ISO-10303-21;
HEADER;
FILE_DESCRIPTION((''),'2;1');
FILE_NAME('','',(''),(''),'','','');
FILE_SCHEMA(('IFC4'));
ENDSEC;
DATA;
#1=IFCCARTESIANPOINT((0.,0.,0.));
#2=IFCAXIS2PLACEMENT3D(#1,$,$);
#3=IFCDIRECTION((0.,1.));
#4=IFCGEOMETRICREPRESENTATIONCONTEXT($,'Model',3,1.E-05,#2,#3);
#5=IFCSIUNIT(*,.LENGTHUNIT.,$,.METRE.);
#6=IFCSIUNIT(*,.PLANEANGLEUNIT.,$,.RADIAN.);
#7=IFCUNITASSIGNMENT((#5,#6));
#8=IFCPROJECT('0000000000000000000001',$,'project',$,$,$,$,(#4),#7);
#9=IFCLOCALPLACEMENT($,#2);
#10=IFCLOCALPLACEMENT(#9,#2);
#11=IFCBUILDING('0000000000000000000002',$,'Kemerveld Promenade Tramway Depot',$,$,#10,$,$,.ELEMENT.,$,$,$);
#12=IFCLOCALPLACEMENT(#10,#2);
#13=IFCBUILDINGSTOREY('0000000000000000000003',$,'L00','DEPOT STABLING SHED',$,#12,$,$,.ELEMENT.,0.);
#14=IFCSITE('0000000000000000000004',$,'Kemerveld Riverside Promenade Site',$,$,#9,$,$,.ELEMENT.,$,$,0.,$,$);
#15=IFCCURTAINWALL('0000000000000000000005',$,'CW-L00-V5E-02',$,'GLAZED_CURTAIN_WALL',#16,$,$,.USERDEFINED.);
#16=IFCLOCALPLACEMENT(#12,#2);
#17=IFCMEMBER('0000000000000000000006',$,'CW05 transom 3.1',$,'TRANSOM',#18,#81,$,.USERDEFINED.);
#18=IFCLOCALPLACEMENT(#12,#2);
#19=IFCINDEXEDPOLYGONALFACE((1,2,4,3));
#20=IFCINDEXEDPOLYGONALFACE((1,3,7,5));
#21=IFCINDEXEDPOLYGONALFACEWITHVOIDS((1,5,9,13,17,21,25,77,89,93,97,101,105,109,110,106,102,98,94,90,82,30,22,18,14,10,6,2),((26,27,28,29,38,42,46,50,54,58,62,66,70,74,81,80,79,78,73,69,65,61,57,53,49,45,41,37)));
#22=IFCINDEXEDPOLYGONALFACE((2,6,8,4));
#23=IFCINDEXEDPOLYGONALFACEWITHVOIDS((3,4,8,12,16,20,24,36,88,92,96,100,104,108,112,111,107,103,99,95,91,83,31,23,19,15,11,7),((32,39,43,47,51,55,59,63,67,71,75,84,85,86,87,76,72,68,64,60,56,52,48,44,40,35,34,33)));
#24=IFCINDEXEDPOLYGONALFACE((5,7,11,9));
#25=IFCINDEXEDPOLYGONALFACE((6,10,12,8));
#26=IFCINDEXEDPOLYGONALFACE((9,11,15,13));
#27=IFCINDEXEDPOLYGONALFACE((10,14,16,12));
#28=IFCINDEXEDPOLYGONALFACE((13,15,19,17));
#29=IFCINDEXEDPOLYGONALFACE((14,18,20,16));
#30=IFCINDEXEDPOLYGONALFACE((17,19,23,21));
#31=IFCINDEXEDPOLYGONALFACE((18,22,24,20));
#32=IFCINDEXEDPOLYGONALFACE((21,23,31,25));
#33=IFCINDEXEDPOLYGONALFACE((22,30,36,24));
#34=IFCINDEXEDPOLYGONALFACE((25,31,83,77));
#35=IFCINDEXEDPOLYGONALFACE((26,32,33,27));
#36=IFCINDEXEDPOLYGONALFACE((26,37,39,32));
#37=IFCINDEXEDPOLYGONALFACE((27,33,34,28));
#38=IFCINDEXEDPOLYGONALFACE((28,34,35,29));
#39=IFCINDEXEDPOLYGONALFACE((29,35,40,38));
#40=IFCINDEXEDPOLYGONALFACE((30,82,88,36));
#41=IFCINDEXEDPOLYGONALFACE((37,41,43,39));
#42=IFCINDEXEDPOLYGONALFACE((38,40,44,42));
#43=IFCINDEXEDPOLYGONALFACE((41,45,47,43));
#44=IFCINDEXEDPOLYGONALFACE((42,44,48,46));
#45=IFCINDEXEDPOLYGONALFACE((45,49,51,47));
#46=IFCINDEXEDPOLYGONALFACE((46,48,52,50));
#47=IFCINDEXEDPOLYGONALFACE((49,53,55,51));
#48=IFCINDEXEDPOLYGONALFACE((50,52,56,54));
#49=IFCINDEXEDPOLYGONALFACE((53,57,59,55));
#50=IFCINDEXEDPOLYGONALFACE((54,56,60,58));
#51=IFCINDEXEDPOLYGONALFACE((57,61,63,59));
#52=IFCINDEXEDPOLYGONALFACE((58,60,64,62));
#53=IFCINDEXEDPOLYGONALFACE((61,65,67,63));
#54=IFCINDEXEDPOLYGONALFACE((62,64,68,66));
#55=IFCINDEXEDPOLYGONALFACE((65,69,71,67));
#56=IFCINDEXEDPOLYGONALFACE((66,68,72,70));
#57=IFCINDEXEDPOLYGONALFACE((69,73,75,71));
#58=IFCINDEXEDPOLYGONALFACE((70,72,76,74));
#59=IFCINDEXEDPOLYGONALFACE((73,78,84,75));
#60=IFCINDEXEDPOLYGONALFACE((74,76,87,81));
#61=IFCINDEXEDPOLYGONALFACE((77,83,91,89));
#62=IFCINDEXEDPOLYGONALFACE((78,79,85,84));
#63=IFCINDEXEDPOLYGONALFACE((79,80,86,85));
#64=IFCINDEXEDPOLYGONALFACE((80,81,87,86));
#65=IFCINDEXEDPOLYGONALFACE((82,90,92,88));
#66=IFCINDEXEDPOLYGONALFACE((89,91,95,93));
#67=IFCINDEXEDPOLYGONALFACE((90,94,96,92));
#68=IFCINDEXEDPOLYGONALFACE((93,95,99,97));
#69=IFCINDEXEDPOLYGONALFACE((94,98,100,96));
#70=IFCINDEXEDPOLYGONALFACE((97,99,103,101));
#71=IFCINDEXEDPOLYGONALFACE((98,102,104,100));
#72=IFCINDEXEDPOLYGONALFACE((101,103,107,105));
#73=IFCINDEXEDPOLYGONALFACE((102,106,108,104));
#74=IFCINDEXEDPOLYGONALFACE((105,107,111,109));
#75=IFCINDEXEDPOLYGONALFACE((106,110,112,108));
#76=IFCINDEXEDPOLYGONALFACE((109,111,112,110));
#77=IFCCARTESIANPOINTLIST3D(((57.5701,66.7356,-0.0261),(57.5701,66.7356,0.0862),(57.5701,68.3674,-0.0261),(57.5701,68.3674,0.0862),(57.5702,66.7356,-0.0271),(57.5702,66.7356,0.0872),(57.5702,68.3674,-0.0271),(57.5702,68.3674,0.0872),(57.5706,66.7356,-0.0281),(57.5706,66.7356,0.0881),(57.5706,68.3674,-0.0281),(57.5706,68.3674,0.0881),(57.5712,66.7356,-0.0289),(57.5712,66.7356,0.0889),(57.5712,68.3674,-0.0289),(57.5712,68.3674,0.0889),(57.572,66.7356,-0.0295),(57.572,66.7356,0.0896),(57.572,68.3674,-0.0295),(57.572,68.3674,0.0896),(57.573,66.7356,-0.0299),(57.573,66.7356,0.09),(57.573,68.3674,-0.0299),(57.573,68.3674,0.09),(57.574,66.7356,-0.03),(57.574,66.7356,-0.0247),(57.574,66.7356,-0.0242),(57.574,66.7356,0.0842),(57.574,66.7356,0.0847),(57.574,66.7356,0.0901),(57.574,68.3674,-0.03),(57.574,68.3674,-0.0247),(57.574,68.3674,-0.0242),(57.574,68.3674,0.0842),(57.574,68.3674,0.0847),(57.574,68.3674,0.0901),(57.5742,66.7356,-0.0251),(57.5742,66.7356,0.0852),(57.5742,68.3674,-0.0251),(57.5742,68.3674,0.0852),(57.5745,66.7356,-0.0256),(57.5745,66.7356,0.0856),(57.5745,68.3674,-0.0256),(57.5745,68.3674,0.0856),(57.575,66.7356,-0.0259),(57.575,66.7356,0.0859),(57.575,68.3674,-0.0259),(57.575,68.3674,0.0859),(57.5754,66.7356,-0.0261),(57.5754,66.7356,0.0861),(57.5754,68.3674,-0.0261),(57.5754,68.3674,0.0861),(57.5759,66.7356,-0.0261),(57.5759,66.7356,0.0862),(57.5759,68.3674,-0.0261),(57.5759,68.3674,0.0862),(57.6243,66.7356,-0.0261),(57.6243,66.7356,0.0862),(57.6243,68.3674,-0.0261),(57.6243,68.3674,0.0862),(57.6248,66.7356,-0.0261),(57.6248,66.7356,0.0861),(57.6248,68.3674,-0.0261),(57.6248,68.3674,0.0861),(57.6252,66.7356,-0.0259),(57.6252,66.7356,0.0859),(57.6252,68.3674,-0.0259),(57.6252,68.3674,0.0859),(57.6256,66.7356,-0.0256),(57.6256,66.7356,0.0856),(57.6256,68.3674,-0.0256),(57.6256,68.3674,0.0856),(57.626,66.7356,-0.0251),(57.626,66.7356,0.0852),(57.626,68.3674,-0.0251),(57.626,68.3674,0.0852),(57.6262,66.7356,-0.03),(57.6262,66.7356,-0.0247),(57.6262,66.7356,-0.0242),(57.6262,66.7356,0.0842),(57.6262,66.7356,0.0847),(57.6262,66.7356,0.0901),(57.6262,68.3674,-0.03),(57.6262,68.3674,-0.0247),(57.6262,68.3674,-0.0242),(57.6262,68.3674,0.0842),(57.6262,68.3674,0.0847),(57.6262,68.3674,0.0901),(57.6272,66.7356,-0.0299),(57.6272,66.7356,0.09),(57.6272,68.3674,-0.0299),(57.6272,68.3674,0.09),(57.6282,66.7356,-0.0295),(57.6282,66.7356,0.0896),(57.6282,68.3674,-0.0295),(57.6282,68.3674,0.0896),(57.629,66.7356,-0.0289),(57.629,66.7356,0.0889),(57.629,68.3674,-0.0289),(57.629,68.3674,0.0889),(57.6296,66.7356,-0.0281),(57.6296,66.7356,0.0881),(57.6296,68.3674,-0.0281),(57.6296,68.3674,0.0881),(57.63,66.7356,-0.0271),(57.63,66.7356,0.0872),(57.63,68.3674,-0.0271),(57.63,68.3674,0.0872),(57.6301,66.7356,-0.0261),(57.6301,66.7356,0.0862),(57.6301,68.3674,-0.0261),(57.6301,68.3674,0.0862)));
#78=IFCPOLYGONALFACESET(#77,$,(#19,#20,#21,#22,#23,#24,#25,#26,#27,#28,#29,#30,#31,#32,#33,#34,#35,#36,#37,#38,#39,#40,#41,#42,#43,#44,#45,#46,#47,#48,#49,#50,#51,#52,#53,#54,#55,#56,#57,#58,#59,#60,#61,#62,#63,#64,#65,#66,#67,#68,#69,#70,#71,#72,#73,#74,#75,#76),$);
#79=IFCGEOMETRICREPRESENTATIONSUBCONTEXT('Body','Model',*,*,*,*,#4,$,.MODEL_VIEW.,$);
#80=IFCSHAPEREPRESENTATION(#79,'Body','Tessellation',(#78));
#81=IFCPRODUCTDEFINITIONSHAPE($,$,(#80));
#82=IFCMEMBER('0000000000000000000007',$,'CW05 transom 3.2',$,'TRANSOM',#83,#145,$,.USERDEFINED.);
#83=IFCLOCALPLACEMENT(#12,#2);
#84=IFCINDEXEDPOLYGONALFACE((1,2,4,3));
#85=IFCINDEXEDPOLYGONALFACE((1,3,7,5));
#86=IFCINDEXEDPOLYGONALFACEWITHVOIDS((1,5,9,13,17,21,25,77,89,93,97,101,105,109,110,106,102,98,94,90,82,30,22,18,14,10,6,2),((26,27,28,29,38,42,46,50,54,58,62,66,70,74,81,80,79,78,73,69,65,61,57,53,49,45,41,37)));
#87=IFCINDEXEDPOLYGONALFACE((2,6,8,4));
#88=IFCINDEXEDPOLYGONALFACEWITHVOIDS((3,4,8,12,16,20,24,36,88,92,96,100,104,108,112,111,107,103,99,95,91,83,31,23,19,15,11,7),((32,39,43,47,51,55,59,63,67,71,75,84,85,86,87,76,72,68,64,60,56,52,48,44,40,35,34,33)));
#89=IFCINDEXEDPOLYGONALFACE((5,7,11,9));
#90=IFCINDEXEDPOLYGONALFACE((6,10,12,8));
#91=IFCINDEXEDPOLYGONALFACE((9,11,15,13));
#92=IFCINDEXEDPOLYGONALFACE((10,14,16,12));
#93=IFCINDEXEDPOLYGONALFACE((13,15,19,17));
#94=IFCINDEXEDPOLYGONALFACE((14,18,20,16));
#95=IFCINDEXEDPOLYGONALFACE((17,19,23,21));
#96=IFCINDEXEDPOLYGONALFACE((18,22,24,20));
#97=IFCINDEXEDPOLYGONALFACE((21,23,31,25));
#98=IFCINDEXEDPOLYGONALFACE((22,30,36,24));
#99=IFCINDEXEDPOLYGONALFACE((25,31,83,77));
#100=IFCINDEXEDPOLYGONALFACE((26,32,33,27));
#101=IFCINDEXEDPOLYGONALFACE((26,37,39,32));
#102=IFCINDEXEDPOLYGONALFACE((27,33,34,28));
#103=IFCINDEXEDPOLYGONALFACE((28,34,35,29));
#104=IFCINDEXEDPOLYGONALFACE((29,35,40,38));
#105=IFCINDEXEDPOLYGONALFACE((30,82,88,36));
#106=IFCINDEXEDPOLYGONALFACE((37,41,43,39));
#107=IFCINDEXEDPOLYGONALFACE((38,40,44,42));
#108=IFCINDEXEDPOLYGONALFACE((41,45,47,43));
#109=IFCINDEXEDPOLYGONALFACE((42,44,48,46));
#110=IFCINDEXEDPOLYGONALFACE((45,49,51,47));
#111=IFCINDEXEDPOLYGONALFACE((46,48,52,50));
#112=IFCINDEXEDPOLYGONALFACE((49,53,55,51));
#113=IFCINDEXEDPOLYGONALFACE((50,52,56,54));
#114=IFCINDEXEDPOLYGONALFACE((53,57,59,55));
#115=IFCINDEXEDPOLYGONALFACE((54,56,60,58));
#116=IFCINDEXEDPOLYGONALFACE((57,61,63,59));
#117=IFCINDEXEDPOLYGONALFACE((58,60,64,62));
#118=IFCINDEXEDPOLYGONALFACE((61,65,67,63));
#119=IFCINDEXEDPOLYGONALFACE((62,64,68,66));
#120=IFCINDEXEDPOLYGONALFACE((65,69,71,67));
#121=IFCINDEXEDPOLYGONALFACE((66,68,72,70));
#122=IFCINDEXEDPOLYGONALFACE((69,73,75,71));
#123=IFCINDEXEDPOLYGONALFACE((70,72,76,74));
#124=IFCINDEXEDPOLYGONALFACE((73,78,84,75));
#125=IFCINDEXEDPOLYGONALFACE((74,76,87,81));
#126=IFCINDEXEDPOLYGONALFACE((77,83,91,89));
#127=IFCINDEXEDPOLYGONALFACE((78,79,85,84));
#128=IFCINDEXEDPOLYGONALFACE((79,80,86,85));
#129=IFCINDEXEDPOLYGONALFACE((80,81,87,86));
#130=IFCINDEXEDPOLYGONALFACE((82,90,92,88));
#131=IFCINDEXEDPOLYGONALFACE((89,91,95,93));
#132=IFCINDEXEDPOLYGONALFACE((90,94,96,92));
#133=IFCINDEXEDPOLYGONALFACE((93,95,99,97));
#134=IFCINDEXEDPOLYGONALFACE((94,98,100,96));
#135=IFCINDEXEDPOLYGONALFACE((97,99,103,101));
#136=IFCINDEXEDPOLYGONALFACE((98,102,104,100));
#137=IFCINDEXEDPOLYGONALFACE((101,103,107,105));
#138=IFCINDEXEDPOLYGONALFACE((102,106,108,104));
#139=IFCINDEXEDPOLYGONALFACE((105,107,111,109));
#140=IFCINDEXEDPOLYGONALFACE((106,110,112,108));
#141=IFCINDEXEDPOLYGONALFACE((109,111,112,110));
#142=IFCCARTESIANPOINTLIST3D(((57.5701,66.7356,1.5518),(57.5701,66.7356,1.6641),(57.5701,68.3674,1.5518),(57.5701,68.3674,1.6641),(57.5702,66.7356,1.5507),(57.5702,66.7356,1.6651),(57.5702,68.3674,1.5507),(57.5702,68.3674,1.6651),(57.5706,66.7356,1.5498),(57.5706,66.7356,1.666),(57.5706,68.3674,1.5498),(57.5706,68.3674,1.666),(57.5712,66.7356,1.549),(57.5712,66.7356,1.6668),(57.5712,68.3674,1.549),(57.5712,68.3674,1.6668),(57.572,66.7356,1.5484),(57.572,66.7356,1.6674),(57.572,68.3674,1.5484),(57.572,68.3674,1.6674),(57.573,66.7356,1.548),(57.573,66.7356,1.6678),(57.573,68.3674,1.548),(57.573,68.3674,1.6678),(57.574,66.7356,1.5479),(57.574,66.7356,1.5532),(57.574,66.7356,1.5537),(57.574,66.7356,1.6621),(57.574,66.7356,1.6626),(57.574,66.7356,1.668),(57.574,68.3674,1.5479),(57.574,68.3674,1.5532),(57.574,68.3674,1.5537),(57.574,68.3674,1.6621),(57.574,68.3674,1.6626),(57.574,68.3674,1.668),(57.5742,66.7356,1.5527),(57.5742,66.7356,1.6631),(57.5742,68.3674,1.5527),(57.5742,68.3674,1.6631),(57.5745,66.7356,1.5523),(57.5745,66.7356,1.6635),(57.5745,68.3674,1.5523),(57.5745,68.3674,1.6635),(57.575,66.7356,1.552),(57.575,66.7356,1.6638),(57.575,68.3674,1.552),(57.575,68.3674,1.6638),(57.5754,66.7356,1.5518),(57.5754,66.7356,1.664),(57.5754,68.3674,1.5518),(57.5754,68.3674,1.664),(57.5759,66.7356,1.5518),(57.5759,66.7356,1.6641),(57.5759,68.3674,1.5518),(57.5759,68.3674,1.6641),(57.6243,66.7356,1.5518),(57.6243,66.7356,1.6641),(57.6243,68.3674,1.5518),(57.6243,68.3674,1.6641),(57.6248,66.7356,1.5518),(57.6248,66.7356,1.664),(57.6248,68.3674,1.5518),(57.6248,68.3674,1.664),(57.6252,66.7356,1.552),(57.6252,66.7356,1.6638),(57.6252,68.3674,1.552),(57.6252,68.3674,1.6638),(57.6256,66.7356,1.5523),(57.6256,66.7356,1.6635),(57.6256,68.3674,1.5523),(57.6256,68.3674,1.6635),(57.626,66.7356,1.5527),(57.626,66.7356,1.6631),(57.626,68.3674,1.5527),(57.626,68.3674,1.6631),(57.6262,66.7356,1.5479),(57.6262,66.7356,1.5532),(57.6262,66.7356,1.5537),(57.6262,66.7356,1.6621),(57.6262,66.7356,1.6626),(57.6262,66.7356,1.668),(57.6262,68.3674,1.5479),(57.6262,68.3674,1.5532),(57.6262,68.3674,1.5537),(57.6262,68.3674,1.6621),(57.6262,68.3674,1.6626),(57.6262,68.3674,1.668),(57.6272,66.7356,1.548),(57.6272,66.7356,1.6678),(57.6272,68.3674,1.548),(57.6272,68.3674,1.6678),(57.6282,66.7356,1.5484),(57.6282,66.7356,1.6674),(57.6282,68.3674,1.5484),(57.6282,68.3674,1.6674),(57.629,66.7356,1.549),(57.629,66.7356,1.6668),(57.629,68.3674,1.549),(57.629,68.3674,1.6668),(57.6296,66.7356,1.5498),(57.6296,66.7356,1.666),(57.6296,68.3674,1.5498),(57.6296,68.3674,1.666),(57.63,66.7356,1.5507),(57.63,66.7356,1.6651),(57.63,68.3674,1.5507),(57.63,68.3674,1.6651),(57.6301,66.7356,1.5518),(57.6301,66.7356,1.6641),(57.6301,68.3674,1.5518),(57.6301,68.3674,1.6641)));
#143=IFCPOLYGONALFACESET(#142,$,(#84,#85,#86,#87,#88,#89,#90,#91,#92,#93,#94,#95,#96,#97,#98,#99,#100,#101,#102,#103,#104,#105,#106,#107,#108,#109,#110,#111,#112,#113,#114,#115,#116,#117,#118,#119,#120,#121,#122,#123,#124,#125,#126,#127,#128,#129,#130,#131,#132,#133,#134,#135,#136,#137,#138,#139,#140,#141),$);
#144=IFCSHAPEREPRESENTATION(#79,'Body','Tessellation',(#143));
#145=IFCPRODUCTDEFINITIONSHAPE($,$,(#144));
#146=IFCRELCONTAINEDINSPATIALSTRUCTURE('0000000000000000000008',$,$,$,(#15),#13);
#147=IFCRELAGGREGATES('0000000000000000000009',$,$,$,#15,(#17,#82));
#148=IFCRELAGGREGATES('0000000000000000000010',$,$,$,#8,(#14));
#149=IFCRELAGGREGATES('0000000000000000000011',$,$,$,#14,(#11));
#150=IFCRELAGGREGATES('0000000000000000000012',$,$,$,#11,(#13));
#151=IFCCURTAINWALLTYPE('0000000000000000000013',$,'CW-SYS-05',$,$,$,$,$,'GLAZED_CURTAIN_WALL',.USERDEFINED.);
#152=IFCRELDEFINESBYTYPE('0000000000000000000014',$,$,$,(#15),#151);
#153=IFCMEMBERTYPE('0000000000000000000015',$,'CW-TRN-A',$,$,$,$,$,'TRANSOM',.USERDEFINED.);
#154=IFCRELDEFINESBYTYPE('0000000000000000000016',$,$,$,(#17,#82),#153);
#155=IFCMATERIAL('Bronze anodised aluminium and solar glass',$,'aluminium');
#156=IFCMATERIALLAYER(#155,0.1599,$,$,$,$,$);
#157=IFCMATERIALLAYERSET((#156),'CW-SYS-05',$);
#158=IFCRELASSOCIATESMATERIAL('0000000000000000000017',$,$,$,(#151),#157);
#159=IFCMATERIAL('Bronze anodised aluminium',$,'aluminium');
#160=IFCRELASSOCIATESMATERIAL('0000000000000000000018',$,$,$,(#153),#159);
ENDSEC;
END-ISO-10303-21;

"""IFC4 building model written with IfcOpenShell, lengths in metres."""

from ifc_helpers import new_model, si_unit, direction, frame, origin, origin_2d, place, context, subcontext, project, spatial, hollow_rectangle, extrude, material, layer, layer_set, material_profile, profile_set, type_object, element, aggregate, save


model = new_model("IFC4")

# Units and contexts
model_context = context("Model", 3, precision=1e-05, world=origin(), true_north=direction((0.0, 1.0)))
body_context = subcontext(model_context, "Body", "Model", "MODEL_VIEW")
ifc_project = project(units=[si_unit("LENGTHUNIT", "METRE"), si_unit("PLANEANGLEUNIT", "RADIAN")], contexts=[model_context])

# Site, building, storey
site_placement = place(None, origin())
site = spatial("IfcSite", under=ifc_project, at=site_placement, Name="Kemerveld Riverside Promenade Site", CompositionType="ELEMENT", RefElevation=0.0)
building_placement = place(site_placement, origin())
building = spatial("IfcBuilding", under=site, at=building_placement, Name="Kemerveld Promenade Tramway Depot", CompositionType="ELEMENT")
storey_placement = place(building_placement, origin())
storey = spatial("IfcBuildingStorey", under=building, at=storey_placement, Name="L00", Description="DEPOT STABLING SHED", CompositionType="ELEMENT", Elevation=0.0)

# Curtain wall, members
ifc_material_1 = material(Name="Bronze anodised aluminium and solar glass", Category="aluminium")
ifc_layer_1 = layer(ifc_material_1, 0.1599)
ifc_layer_set_1 = layer_set([ifc_layer_1], Name="CW-SYS-05")
curtain_wall_type = type_object("IfcCurtainWallType", Name="CW-SYS-05", ElementType="GLAZED_CURTAIN_WALL", PredefinedType="USERDEFINED", material=ifc_layer_set_1)
curtain_wall_placement = place(storey_placement, origin())
curtain_wall = element("IfcCurtainWall", 1, at=curtain_wall_placement, inside=storey, type_object=curtain_wall_type, Name="CW-L00-V5E-02", ObjectType="GLAZED_CURTAIN_WALL", PredefinedType="USERDEFINED")
ifc_material_2 = material(Name="Bronze anodised aluminium", Category="aluminium")
ifc_material_profile_1 = material_profile(ifc_material_2, hollow_rectangle(XDim=0.0601, YDim=0.1201, WallThickness=0.0039, InnerFilletRadius=0.002, OuterFilletRadius=0.0039, at=origin_2d()), Name="CW-TRN-120x60")
ifc_profile_set_1 = profile_set([ifc_material_profile_1], Name="Bronze anodised aluminium")
member_type_1 = type_object("IfcMemberType", Name="CW-TRN-A", ElementType="TRANSOM", PredefinedType="USERDEFINED", material=ifc_profile_set_1)
member_1_placement = place(storey_placement, frame((57.6001, 68.3674, 0.03), z_axis=(0.0, -1.0, 0.0), x_axis=(1.0, 0.0, 0.0)))
member_1 = element("IfcMember", 2, at=member_1_placement, type_object=member_type_1, Name="CW05 transom 3.1", ObjectType="TRANSOM", PredefinedType="USERDEFINED", context=body_context, shape_type="SweptSolid", body=[
    extrude(hollow_rectangle(XDim=0.0601, YDim=0.1201, WallThickness=0.0039, InnerFilletRadius=0.002, OuterFilletRadius=0.0039, at=origin_2d()), origin(), (0.0, 0.0, 1.0), 1.6318),
])
member_2_placement = place(storey_placement, frame((57.6001, 68.3674, 1.6079), z_axis=(0.0, -1.0, 0.0), x_axis=(1.0, 0.0, 0.0)))
member_2 = element("IfcMember", 3, at=member_2_placement, type_object=member_type_1, Name="CW05 transom 3.2", ObjectType="TRANSOM", PredefinedType="USERDEFINED", context=body_context, shape_type="SweptSolid", body=[
    extrude(hollow_rectangle(XDim=0.0601, YDim=0.1201, WallThickness=0.0039, InnerFilletRadius=0.002, OuterFilletRadius=0.0039, at=origin_2d()), origin(), (0.0, 0.0, 1.0), 1.6318),
])
aggregate(curtain_wall, [member_1, member_2])

save(model, "model.ifc")
